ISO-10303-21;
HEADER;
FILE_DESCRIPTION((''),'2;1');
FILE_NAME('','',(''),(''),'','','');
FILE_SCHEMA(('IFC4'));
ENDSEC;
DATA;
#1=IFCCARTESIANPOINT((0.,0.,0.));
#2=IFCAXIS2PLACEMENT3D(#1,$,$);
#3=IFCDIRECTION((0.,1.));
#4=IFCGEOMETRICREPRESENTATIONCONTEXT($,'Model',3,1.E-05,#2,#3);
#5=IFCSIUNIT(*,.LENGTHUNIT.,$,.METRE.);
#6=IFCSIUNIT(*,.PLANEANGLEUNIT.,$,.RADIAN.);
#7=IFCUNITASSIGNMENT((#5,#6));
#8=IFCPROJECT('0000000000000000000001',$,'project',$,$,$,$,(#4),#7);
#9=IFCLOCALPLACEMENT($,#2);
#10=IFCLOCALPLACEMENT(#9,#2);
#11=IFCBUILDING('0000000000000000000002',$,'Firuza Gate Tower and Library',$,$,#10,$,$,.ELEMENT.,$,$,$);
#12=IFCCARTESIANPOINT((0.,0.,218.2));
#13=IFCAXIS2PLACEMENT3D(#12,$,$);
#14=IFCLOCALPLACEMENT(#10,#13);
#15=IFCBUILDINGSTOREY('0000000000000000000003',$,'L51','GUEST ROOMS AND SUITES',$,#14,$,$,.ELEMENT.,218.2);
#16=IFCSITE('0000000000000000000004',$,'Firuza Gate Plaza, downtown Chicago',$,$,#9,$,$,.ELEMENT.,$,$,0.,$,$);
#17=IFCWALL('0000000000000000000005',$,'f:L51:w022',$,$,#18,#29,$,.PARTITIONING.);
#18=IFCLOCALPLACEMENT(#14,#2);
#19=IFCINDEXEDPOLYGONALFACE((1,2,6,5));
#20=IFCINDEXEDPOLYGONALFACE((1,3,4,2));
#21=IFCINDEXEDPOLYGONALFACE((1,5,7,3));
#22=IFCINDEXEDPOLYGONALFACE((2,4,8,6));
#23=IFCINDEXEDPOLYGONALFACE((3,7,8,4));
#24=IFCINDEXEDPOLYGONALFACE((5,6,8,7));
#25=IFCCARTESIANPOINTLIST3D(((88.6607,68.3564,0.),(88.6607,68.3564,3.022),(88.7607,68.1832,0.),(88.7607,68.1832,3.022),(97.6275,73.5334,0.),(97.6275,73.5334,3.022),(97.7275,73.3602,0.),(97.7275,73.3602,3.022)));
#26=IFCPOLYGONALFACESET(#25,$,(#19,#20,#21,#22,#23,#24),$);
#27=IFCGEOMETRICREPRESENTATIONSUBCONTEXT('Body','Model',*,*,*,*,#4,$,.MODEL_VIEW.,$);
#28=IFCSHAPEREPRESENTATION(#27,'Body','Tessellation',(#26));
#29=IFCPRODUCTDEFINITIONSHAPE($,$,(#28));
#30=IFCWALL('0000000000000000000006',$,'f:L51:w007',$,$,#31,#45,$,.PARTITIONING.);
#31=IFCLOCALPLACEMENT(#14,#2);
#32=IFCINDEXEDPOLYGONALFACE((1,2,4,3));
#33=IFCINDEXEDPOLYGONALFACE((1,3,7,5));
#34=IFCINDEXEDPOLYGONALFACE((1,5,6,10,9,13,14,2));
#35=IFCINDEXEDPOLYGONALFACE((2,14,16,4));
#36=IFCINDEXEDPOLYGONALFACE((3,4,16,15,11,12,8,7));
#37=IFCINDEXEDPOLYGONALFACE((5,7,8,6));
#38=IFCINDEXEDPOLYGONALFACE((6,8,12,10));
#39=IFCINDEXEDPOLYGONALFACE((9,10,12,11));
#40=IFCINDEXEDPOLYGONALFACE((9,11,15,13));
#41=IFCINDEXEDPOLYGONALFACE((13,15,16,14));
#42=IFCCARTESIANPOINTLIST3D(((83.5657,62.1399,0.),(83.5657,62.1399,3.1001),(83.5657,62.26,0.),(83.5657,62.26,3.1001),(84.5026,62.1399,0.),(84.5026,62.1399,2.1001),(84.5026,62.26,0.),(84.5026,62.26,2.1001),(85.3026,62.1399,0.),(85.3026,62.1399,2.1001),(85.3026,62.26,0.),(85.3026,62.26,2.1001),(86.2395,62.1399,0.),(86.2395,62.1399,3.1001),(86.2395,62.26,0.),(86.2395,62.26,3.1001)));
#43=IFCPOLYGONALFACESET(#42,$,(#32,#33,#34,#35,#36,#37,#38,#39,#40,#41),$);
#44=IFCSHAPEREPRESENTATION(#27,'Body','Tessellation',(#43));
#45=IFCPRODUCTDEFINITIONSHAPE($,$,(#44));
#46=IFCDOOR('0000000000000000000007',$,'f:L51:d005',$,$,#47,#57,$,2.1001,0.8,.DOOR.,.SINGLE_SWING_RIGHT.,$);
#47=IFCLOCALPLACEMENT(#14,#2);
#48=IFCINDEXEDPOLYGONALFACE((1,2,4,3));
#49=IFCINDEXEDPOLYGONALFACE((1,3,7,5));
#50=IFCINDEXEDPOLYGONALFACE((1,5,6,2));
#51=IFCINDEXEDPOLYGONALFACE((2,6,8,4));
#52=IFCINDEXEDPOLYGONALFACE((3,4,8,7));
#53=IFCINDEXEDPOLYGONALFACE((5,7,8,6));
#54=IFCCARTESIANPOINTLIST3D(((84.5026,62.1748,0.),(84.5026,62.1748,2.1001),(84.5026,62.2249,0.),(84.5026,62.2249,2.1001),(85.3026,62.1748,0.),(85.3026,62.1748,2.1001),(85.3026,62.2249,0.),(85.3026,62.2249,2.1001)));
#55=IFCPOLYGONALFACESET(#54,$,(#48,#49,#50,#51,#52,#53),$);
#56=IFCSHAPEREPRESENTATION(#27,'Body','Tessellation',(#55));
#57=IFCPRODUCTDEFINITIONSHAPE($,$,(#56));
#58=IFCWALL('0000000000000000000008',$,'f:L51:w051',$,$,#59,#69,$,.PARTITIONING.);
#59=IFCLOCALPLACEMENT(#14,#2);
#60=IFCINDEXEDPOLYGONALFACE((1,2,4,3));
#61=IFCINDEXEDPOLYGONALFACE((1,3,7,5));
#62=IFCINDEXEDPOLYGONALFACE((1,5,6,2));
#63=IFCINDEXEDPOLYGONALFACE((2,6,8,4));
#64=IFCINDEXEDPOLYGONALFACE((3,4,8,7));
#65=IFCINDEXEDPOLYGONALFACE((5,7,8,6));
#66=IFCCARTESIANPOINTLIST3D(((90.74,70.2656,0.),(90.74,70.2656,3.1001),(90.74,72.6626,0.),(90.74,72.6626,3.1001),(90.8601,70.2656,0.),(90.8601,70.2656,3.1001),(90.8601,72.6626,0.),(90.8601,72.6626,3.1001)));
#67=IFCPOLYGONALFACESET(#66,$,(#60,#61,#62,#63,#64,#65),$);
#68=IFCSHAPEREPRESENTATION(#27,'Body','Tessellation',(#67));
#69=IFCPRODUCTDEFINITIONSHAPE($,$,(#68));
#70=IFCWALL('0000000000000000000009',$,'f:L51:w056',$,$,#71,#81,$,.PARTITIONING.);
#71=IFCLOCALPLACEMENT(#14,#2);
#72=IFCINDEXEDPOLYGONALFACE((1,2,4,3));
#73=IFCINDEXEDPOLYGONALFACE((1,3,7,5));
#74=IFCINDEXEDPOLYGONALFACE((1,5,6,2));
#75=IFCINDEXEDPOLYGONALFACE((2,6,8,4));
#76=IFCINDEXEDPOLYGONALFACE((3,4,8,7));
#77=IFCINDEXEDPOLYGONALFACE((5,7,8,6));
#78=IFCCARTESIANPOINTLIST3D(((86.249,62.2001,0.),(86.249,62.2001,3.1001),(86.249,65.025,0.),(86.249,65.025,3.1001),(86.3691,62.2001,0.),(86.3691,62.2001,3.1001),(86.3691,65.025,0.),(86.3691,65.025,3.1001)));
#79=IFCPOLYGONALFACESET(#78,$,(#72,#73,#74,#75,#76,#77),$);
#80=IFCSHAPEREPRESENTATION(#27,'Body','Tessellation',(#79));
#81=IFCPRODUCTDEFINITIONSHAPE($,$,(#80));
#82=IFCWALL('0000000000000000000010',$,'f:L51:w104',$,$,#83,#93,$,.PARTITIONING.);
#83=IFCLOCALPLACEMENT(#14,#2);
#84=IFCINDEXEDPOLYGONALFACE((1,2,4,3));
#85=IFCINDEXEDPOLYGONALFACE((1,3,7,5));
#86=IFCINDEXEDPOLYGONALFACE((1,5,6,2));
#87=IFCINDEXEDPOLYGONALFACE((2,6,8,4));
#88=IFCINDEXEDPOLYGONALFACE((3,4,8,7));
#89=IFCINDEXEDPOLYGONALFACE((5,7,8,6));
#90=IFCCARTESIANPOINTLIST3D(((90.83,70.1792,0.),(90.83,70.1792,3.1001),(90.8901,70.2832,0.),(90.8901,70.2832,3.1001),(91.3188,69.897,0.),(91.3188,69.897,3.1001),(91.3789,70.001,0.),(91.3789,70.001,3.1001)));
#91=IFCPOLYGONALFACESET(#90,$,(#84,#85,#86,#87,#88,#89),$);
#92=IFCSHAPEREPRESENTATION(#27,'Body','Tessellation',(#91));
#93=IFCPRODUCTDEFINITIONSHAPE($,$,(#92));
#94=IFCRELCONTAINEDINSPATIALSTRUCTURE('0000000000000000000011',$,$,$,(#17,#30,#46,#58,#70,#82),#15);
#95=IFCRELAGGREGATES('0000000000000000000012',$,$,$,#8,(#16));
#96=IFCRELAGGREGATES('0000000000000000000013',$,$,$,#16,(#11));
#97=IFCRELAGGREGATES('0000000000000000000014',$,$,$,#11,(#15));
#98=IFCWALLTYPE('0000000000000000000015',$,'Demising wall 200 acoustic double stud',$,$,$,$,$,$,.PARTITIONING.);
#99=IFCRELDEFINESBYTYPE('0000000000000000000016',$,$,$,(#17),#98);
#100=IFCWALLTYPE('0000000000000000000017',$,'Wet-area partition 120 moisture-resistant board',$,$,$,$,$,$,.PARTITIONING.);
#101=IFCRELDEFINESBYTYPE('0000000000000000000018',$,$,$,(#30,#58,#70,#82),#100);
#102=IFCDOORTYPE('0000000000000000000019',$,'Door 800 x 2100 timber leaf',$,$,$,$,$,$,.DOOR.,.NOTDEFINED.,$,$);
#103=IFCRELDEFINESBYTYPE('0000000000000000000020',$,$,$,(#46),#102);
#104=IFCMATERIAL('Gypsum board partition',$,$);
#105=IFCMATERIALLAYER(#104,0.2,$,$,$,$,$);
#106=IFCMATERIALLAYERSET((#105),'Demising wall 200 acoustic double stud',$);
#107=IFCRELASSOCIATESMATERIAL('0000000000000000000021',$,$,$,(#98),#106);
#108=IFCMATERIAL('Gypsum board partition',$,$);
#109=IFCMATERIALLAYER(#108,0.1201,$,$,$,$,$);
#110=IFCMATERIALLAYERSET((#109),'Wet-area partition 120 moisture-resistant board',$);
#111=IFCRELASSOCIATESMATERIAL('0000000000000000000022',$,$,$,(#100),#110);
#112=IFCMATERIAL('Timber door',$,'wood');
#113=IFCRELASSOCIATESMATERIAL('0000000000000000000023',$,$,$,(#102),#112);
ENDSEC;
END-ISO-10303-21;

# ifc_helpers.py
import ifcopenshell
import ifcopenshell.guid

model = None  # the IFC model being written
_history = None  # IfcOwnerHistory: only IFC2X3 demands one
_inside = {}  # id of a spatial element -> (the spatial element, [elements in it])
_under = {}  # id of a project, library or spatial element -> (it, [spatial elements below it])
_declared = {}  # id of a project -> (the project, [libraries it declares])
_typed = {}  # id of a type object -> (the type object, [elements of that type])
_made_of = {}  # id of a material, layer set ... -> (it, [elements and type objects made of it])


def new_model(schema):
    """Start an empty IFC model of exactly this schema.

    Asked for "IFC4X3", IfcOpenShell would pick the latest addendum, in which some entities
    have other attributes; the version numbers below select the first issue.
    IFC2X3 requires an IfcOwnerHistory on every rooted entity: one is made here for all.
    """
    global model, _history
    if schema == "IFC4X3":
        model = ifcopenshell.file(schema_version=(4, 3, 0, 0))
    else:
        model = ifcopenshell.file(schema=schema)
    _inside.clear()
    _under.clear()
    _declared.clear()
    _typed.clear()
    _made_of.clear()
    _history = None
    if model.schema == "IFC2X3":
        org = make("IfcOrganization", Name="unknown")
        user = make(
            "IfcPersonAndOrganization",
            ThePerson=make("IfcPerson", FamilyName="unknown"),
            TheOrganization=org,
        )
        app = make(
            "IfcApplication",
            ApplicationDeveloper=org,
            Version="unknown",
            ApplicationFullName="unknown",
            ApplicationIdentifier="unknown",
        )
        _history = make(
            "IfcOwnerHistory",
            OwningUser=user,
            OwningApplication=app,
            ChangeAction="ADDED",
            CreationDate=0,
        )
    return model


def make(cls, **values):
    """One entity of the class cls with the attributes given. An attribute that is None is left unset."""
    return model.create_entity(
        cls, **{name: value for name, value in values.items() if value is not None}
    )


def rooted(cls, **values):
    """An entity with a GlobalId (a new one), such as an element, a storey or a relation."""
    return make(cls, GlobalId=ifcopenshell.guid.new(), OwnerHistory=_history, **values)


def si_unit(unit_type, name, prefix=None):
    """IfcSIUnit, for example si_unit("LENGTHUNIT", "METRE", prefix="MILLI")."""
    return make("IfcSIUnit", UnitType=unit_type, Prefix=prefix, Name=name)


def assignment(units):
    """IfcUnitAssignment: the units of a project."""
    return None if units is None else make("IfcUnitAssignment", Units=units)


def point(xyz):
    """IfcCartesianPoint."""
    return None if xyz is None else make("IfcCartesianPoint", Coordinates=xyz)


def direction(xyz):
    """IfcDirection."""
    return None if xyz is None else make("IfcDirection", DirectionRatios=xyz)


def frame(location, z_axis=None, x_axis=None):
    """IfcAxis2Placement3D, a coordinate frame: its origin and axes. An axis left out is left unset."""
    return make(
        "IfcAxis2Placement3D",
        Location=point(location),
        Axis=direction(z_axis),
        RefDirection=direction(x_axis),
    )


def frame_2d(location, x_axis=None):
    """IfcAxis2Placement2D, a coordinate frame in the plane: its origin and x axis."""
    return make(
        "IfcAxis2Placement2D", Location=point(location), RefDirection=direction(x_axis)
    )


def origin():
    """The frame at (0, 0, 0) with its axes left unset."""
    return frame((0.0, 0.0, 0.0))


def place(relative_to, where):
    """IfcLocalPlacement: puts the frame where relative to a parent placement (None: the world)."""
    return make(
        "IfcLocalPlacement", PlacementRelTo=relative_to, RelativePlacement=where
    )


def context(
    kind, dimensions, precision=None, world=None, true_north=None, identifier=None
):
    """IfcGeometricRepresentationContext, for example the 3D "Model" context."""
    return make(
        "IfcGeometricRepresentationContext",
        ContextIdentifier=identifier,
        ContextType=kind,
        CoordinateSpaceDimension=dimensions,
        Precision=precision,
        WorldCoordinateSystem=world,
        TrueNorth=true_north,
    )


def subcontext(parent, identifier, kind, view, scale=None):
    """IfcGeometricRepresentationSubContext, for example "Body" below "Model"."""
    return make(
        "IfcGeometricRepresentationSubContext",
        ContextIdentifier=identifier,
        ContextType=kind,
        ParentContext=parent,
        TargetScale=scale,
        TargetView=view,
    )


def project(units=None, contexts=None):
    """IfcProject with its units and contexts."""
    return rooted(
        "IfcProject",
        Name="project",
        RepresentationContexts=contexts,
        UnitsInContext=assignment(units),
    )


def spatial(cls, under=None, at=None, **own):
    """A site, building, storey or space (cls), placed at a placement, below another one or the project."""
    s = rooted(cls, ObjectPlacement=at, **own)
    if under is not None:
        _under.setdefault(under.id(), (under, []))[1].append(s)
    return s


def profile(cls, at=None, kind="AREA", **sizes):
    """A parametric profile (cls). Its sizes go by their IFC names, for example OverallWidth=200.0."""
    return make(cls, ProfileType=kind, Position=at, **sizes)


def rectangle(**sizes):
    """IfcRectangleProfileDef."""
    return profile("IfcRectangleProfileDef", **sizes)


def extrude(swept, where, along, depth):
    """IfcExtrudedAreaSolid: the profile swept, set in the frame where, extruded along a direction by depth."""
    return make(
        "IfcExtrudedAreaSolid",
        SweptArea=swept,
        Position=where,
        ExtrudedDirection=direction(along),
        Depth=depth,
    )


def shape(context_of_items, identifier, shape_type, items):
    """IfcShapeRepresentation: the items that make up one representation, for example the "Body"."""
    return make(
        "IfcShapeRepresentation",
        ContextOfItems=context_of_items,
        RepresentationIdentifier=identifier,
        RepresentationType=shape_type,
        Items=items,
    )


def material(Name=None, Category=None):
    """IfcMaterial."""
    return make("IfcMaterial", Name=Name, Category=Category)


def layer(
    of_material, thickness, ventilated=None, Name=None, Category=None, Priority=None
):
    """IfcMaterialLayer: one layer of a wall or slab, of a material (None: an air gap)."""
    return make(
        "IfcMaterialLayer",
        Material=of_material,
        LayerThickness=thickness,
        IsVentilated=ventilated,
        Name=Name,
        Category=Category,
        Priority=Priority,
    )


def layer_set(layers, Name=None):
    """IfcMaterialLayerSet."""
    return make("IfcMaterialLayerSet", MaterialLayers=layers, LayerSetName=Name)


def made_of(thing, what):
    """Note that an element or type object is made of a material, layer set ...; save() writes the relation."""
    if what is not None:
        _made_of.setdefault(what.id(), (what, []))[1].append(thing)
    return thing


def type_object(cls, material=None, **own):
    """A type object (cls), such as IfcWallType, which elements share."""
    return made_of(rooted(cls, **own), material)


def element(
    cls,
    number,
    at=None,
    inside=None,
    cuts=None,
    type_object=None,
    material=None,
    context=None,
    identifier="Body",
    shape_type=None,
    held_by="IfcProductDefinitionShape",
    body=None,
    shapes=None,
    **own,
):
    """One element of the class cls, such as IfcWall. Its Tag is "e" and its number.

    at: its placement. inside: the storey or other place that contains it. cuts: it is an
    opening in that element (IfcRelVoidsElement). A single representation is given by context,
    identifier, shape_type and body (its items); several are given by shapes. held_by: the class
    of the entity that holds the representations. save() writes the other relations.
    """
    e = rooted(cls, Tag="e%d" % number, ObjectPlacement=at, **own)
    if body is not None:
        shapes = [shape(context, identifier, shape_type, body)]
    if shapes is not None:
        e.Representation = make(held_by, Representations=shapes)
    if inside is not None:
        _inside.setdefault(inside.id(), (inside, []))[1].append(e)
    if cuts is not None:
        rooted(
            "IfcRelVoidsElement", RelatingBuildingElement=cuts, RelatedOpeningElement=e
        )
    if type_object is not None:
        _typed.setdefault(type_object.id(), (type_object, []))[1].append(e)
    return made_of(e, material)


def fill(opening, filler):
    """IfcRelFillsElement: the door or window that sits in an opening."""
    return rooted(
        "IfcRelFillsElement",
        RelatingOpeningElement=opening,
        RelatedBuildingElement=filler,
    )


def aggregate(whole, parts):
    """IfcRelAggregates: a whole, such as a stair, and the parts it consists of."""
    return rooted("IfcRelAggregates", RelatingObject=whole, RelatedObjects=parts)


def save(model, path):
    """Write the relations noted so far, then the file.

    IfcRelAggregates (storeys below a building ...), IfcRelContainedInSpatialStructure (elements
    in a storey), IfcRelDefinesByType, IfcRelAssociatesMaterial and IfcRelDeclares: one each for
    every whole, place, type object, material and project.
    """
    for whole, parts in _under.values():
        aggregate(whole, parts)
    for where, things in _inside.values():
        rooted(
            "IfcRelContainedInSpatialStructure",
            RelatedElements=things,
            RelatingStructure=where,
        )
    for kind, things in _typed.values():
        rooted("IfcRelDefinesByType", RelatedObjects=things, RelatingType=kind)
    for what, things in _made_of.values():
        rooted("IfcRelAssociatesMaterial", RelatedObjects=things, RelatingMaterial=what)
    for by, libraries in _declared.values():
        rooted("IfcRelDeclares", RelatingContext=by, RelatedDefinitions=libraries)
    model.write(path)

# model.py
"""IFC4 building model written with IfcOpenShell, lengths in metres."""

from ifc_helpers import new_model, si_unit, direction, frame, frame_2d, origin, place, context, subcontext, project, spatial, rectangle, extrude, material, layer, layer_set, type_object, element, fill, save


model = new_model("IFC4")

# Units and contexts
model_context = context("Model", 3, precision=1e-05, world=origin(), true_north=direction((0.0, 1.0)))
body_context = subcontext(model_context, "Body", "Model", "MODEL_VIEW")
ifc_project = project(units=[si_unit("LENGTHUNIT", "METRE"), si_unit("PLANEANGLEUNIT", "RADIAN")], contexts=[model_context])

# Site, building, storey
site_placement = place(None, origin())
site = spatial("IfcSite", under=ifc_project, at=site_placement, Name="Firuza Gate Plaza, downtown Chicago", CompositionType="ELEMENT", RefElevation=0.0)
building_placement = place(site_placement, origin())
building = spatial("IfcBuilding", under=site, at=building_placement, Name="Firuza Gate Tower and Library", CompositionType="ELEMENT")
storey_placement = place(building_placement, frame((0.0, 0.0, 218.2)))
storey = spatial("IfcBuildingStorey", under=building, at=storey_placement, Name="L51", Description="GUEST ROOMS AND SUITES", CompositionType="ELEMENT", Elevation=218.2)

# Wall
ifc_material_1 = material(Name="Gypsum board partition")
ifc_layer_1 = layer(ifc_material_1, 0.2)
ifc_layer_set_1 = layer_set([ifc_layer_1], Name="Demising wall 200 acoustic double stud")
wall_type_1 = type_object("IfcWallType", Name="Demising wall 200 acoustic double stud", PredefinedType="PARTITIONING", material=ifc_layer_set_1)
wall_1_placement = place(storey_placement, frame((88.7107, 68.2698, 0.0), z_axis=(0.0, 0.0, 1.0), x_axis=(0.866025, 0.500001, 0.0)))
element("IfcWall", 1, at=wall_1_placement, inside=storey, type_object=wall_type_1, Name="f:L51:w022", PredefinedType="PARTITIONING", context=body_context, shape_type="SweptSolid", body=[
    extrude(rectangle(XDim=10.354, YDim=0.2, at=frame_2d((5.177, 0.0))), origin(), (0.0, 0.0, 1.0), 3.022),
])

# Wall, opening, door
ifc_material_2 = material(Name="Gypsum board partition")
ifc_layer_2 = layer(ifc_material_2, 0.1201)
ifc_layer_set_2 = layer_set([ifc_layer_2], Name="Wet-area partition 120 moisture-resistant board")
wall_type_2 = type_object("IfcWallType", Name="Wet-area partition 120 moisture-resistant board", PredefinedType="PARTITIONING", material=ifc_layer_set_2)
wall_2_placement = place(storey_placement, frame((83.5657, 62.2, 0.0), z_axis=(0.0, 0.0, 1.0), x_axis=(1.0, 0.0, 0.0)))
wall_2 = element("IfcWall", 2, at=wall_2_placement, inside=storey, type_object=wall_type_2, Name="f:L51:w007", PredefinedType="PARTITIONING", context=body_context, shape_type="SweptSolid", body=[
    extrude(rectangle(XDim=2.6738, YDim=0.1201, at=frame_2d((1.3369, 0.0))), origin(), (0.0, 0.0, 1.0), 3.1001),
])
opening_1_placement = place(wall_2_placement, frame((0.937, 0.0, 0.0)))
opening_1 = element("IfcOpeningElement", 3, at=opening_1_placement, cuts=wall_2, PredefinedType="OPENING", context=body_context, shape_type="SweptSolid", body=[
    extrude(rectangle(XDim=0.8, YDim=2.1001, at=frame_2d((0.3999, 1.05))), frame((0.0, 0.0701, 0.0), z_axis=(0.0, -1.0, 0.0), x_axis=(1.0, 0.0, 0.0)), (0.0, 0.0, 1.0), 0.1401),
])
ifc_material_3 = material(Name="Timber door", Category="wood")
door_type_1 = type_object("IfcDoorType", Name="Door 800 x 2100 timber leaf", OperationType="NOTDEFINED", PredefinedType="DOOR", material=ifc_material_3)
door_1_placement = place(opening_1_placement, origin())
door_1 = element("IfcDoor", 4, at=door_1_placement, inside=storey, type_object=door_type_1, Name="f:L51:d005", OperationType="SINGLE_SWING_RIGHT", OverallHeight=2.1001, OverallWidth=0.8, PredefinedType="DOOR", context=body_context, shape_type="SweptSolid", body=[
    extrude(rectangle(XDim=0.8, YDim=2.1001, at=frame_2d((0.3999, 1.05))), frame((0.0, 0.0249, 0.0), z_axis=(0.0, -1.0, 0.0), x_axis=(1.0, 0.0, 0.0)), (0.0, 0.0, 1.0), 0.05),
])
fill(opening_1, door_1)

# Walls
wall_3_placement = place(storey_placement, frame((90.8, 70.2656, 0.0), z_axis=(0.0, 0.0, 1.0), x_axis=(0.0, 1.0, 0.0)))
element("IfcWall", 5, at=wall_3_placement, inside=storey, type_object=wall_type_2, Name="f:L51:w051", PredefinedType="PARTITIONING", context=body_context, shape_type="SweptSolid", body=[
    extrude(rectangle(XDim=2.397, YDim=0.1201, at=frame_2d((1.1985, 0.0))), origin(), (0.0, 0.0, 1.0), 3.1001),
])
wall_4_placement = place(storey_placement, frame((86.3091, 62.2, 0.0), z_axis=(0.0, 0.0, 1.0), x_axis=(0.0, 1.0, 0.0)))
element("IfcWall", 6, at=wall_4_placement, inside=storey, type_object=wall_type_2, Name="f:L51:w056", PredefinedType="PARTITIONING", context=body_context, shape_type="SweptSolid", body=[
    extrude(rectangle(XDim=2.825, YDim=0.1201, at=frame_2d((1.4126, 0.0))), origin(), (0.0, 0.0, 1.0), 3.1001),
])
wall_5_placement = place(storey_placement, frame((91.3489, 69.949, 0.0), z_axis=(0.0, 0.0, 1.0), x_axis=(-0.865998, 0.500047, 0.0)))
element("IfcWall", 7, at=wall_5_placement, inside=storey, type_object=wall_type_2, Name="f:L51:w104", PredefinedType="PARTITIONING", context=body_context, shape_type="SweptSolid", body=[
    extrude(rectangle(XDim=0.5645, YDim=0.1201, at=frame_2d((0.2822, 0.0))), origin(), (0.0, 0.0, 1.0), 3.1001),
])

save(model, "model.ifc")
